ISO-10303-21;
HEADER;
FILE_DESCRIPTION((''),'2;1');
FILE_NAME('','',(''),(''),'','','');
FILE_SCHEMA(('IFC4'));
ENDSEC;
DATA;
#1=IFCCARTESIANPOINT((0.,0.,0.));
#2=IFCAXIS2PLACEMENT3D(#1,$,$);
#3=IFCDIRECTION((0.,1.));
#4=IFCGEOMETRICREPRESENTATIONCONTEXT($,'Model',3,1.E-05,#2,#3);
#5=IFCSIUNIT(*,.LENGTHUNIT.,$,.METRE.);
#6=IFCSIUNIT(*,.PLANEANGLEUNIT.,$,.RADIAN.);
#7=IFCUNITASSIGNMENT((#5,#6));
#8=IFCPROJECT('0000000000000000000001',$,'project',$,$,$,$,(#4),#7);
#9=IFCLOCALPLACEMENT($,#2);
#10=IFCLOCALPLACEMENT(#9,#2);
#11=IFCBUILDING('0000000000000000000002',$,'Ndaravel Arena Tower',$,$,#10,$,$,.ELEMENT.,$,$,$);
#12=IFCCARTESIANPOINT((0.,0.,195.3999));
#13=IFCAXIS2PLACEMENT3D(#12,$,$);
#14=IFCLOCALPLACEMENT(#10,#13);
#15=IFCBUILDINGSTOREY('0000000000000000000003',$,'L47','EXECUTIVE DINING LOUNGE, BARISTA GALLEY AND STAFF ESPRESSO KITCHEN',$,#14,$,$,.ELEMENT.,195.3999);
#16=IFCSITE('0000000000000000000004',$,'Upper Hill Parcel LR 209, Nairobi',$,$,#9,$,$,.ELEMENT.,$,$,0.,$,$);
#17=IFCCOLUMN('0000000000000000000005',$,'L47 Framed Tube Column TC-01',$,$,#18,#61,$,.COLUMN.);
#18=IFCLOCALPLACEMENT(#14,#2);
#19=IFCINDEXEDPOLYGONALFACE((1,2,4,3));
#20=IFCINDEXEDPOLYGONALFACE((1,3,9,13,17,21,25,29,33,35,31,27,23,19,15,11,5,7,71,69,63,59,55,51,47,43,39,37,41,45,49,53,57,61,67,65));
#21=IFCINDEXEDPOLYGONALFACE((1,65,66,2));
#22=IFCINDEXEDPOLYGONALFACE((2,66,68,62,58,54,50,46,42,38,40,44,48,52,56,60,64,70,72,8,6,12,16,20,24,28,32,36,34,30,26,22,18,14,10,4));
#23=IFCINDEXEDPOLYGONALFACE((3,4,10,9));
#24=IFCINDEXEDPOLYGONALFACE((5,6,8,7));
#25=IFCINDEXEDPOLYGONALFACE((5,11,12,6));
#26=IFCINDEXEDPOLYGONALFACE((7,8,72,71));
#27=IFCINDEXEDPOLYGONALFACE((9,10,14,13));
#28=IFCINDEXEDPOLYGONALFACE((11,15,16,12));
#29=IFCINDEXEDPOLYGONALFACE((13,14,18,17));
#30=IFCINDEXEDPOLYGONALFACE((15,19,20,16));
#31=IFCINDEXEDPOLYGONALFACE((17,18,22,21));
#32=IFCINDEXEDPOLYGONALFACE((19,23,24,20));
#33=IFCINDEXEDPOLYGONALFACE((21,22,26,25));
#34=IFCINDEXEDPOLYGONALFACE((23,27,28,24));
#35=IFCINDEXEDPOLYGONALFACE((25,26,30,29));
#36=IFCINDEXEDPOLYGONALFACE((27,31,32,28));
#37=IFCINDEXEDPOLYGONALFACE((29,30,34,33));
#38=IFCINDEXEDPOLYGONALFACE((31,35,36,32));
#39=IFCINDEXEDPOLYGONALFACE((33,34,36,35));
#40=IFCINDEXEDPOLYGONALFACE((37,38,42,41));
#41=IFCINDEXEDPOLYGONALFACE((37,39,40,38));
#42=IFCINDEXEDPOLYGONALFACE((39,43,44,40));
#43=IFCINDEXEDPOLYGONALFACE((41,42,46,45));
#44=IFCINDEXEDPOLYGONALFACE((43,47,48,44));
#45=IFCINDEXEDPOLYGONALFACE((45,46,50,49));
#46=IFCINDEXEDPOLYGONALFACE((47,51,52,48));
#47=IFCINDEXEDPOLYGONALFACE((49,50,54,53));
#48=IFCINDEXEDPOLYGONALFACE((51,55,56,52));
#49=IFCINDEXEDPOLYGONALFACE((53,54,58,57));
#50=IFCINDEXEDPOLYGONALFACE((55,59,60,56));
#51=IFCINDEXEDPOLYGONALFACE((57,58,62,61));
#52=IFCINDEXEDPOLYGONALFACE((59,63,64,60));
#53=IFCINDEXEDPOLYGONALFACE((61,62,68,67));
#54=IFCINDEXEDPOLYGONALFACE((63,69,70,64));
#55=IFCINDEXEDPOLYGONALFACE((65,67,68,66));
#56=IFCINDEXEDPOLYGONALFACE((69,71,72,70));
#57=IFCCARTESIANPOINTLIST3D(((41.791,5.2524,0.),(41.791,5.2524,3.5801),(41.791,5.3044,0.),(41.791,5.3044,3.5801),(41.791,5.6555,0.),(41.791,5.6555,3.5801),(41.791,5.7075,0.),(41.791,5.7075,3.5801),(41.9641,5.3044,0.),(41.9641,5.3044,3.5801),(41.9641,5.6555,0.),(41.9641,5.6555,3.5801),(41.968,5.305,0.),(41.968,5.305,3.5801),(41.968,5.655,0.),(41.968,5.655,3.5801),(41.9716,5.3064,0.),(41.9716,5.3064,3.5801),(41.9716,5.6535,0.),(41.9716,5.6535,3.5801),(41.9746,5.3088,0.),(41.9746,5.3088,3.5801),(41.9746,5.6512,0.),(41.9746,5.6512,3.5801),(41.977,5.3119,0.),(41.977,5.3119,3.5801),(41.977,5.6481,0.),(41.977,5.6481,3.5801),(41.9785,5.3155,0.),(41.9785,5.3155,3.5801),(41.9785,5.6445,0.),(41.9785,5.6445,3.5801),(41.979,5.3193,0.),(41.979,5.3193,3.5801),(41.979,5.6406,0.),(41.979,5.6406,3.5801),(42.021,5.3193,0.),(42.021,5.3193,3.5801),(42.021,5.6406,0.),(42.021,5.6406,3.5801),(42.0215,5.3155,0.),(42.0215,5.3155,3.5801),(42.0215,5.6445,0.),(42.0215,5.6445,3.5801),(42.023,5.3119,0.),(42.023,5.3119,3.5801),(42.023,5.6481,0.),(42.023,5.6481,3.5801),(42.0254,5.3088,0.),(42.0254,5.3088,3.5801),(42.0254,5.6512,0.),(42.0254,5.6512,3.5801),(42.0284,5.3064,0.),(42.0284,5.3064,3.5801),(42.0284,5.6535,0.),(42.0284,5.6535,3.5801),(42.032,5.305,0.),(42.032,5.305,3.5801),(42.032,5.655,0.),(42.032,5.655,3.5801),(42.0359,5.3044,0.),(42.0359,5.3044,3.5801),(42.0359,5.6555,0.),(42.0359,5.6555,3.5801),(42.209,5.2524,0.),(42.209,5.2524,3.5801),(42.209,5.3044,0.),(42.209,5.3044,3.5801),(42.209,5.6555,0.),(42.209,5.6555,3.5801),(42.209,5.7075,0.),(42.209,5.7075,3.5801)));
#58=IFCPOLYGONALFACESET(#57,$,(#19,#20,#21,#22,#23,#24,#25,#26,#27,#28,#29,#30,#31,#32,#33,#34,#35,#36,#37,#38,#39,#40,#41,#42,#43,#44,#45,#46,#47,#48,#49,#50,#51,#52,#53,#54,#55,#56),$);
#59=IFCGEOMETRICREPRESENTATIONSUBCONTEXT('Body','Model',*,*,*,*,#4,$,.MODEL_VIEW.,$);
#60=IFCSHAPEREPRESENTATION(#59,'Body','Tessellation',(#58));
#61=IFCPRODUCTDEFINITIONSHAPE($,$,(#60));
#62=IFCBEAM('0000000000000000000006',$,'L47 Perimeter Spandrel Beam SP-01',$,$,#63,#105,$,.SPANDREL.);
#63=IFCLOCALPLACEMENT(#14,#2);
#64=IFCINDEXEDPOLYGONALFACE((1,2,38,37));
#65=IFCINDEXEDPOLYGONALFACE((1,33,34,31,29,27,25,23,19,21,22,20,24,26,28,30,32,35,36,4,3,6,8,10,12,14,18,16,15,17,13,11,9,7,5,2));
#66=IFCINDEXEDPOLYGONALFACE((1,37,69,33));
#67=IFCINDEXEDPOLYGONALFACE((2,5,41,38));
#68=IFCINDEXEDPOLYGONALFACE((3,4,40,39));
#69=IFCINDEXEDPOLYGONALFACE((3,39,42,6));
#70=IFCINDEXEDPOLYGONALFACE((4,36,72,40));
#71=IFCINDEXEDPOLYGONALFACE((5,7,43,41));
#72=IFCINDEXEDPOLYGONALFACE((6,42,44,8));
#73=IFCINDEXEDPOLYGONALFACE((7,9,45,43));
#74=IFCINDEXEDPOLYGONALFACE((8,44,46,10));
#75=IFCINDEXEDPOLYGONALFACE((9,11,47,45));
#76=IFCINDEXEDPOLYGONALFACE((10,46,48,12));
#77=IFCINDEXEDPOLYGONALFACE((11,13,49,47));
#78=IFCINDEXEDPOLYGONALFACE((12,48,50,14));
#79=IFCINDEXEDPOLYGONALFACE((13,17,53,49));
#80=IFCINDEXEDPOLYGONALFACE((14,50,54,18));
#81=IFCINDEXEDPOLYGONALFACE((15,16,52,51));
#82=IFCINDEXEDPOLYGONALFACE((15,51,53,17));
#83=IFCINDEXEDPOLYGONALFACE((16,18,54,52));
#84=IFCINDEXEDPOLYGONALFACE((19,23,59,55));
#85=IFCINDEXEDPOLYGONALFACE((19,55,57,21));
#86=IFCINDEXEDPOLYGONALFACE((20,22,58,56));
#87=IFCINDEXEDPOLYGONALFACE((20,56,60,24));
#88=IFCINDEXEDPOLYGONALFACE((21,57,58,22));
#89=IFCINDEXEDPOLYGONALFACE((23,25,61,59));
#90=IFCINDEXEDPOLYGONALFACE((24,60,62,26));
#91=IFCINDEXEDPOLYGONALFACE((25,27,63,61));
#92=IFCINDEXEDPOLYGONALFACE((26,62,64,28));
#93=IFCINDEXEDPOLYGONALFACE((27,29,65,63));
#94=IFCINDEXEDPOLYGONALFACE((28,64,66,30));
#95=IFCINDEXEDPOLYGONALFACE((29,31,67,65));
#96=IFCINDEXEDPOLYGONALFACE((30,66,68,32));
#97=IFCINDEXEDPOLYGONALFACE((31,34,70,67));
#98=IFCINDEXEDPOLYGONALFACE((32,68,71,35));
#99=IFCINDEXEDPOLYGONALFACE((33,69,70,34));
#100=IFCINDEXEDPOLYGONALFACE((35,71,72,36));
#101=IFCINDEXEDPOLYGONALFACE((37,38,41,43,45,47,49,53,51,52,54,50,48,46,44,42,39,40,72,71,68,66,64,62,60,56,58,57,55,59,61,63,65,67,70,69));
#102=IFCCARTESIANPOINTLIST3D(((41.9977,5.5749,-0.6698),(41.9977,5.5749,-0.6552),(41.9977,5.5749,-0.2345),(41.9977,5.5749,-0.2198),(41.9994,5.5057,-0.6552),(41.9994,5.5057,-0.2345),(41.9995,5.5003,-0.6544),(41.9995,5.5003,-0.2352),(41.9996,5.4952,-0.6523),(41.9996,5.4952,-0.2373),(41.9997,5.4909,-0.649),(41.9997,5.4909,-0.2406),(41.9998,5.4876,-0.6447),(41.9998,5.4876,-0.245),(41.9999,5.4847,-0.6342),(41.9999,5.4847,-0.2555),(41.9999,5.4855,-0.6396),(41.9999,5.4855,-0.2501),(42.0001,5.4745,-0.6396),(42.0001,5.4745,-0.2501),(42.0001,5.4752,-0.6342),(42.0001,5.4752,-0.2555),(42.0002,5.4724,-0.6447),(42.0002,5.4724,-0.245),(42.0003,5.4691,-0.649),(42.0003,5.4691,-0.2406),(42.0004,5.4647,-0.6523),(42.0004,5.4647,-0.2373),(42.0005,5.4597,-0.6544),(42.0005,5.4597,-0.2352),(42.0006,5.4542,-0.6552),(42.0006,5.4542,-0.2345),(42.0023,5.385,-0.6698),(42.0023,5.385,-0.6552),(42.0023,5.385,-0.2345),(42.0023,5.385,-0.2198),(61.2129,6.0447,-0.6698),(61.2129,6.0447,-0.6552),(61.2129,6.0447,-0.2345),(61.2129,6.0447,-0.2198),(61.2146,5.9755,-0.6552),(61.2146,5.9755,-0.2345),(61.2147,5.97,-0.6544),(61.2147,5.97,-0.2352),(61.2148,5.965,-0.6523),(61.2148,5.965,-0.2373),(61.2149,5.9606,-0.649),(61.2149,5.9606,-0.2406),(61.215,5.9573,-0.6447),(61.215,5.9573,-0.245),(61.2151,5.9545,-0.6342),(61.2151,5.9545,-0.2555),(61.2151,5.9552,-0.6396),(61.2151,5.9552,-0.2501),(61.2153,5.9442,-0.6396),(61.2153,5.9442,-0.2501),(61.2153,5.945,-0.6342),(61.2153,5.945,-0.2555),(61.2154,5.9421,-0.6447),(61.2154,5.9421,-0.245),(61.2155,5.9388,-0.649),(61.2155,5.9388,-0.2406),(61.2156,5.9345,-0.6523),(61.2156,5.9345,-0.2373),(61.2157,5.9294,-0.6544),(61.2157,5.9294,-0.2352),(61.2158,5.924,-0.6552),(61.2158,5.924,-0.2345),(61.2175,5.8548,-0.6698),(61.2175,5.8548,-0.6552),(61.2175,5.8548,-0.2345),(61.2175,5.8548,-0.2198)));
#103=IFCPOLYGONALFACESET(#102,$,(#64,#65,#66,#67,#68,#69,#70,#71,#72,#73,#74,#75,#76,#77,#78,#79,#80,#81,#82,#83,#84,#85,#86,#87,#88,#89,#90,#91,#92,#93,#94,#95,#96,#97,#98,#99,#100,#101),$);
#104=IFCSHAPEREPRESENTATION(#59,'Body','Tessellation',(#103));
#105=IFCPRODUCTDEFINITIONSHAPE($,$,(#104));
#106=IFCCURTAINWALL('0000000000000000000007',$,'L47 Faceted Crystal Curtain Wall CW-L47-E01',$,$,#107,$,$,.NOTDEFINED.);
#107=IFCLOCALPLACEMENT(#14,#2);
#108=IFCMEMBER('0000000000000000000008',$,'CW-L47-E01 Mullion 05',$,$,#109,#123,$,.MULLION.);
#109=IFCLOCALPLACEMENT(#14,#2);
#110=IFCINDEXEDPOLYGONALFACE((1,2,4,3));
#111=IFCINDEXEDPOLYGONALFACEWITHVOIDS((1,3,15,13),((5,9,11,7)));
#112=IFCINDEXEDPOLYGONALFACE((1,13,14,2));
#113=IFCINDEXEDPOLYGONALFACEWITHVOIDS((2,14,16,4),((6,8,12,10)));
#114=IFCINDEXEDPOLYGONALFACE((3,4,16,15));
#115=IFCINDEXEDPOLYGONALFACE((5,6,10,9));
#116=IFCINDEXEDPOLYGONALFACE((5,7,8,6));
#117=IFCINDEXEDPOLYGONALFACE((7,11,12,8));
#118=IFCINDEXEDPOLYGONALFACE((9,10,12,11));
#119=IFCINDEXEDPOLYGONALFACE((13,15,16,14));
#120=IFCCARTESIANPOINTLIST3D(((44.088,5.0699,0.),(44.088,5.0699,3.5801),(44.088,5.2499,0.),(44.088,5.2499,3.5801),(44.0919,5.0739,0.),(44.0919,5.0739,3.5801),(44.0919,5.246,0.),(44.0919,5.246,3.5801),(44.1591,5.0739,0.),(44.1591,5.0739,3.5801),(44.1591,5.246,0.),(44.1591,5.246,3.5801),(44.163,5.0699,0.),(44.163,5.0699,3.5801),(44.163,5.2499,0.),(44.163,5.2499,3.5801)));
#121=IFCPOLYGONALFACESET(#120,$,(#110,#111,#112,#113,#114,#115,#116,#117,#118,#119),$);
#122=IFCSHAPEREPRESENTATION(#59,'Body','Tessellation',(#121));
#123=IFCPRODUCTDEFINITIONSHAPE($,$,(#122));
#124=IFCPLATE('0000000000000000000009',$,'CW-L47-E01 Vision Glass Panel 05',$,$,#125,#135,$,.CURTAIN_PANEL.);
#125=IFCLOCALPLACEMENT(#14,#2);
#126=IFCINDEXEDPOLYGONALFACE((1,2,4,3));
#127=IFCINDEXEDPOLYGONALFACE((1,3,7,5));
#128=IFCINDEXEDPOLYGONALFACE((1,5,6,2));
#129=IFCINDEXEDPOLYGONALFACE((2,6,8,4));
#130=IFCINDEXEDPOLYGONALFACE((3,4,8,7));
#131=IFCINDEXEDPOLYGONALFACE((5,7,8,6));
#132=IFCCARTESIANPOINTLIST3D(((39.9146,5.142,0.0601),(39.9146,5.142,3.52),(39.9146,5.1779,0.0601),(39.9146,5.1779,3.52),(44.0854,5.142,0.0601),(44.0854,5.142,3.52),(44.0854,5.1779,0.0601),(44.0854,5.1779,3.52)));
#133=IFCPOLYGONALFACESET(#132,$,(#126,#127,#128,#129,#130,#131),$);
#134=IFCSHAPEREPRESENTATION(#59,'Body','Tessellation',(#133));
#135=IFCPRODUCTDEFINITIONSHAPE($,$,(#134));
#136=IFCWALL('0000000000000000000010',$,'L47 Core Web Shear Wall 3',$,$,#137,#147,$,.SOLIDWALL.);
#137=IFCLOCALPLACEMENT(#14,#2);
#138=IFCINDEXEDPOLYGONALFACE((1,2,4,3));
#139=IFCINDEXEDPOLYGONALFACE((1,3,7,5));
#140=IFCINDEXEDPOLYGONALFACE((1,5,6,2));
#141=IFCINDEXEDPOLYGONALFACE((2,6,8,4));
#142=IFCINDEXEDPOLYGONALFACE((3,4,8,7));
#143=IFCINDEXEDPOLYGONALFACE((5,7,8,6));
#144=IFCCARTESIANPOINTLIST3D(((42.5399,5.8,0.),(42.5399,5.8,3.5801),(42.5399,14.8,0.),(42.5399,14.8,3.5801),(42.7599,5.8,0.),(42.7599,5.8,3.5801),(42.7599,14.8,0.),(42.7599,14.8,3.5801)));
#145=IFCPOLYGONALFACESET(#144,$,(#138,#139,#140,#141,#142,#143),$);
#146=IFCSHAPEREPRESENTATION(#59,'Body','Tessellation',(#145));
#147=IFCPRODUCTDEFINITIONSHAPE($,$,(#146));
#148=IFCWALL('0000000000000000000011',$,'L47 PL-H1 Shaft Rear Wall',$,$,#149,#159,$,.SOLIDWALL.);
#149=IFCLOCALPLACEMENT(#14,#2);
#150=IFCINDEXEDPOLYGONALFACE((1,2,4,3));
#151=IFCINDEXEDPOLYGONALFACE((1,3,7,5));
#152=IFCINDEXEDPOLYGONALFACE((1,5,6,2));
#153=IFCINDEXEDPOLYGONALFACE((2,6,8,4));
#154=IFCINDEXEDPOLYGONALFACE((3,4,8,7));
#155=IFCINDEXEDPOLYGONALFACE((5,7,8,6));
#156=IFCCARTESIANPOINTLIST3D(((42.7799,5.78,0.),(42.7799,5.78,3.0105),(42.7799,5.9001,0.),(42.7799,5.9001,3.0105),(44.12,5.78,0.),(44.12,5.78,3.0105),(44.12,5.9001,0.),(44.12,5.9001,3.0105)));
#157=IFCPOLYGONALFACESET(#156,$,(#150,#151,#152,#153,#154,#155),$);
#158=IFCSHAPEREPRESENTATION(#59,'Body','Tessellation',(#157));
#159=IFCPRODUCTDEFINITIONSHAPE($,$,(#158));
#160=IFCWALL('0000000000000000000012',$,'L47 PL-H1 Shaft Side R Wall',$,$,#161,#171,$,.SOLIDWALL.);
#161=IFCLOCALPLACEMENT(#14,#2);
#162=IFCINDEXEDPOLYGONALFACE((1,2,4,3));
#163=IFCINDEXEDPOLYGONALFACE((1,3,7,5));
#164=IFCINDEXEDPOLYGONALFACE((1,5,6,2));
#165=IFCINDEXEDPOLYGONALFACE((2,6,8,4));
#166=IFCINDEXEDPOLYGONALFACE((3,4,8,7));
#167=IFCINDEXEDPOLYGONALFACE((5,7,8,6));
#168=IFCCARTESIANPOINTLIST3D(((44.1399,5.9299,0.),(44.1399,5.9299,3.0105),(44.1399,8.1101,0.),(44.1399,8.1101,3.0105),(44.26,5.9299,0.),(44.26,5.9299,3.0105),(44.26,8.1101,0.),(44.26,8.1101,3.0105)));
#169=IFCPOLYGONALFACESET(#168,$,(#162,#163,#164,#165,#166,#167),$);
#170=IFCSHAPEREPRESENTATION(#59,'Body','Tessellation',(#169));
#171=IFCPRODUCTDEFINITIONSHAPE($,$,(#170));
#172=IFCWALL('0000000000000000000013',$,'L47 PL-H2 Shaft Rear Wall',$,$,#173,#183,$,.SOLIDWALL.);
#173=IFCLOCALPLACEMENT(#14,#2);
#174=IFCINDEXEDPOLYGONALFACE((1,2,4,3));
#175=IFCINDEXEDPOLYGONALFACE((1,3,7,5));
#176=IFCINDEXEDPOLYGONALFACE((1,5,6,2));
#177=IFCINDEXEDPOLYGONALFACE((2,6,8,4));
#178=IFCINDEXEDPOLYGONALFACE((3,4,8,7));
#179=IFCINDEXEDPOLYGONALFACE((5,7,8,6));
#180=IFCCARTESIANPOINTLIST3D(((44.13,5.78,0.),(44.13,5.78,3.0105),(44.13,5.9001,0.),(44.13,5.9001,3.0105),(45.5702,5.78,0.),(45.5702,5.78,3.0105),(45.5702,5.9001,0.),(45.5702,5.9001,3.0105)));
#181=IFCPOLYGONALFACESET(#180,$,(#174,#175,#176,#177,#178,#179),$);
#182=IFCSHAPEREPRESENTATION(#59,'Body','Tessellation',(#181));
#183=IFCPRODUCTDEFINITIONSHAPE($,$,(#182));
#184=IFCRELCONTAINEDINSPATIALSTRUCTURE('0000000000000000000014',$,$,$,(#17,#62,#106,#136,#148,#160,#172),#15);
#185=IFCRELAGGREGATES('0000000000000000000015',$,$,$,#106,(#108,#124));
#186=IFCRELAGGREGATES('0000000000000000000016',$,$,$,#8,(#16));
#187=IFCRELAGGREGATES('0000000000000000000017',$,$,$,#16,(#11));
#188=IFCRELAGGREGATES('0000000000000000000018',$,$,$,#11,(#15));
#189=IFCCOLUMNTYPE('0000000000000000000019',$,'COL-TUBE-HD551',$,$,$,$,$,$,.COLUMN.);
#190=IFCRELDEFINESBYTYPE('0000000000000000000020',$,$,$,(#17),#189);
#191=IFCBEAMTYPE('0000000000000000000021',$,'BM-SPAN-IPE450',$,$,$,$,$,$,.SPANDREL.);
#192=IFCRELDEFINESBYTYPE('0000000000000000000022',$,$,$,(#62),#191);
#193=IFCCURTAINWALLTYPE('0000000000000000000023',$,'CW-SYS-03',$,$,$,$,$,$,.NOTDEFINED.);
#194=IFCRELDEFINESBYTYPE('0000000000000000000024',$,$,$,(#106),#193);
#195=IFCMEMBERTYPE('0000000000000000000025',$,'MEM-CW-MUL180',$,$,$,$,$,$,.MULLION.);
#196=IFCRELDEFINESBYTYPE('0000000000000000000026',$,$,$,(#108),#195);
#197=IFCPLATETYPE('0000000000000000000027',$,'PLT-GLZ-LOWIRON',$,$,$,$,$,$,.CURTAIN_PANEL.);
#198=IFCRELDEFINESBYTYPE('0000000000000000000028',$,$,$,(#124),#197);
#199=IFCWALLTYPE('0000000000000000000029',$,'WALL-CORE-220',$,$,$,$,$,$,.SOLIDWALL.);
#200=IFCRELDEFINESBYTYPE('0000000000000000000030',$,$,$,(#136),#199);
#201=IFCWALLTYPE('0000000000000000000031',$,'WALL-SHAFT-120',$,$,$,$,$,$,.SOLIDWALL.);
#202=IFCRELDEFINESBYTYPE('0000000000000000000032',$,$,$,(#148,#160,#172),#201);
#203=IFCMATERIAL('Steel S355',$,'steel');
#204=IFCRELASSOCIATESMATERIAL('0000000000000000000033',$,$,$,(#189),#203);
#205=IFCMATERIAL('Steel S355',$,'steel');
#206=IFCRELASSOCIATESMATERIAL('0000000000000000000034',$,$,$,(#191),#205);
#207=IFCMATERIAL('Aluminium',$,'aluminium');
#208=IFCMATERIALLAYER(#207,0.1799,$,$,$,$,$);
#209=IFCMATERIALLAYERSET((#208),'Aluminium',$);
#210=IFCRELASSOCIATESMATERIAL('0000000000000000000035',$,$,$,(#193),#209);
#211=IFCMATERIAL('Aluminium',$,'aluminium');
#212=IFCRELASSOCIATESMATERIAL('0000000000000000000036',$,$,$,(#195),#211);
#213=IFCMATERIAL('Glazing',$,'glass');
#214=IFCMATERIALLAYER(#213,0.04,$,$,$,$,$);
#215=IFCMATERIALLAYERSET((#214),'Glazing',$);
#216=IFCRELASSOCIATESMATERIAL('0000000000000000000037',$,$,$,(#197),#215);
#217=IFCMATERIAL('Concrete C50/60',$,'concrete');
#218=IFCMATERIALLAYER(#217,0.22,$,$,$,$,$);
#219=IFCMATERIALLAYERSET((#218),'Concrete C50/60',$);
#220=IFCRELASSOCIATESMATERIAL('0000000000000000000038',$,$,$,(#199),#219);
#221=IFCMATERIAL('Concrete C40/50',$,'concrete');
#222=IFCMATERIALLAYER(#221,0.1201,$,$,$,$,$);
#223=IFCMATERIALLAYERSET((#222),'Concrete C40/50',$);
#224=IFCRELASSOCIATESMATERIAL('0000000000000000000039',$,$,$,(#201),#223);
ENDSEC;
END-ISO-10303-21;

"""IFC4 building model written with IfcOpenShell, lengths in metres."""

from ifc_helpers import new_model, si_unit, direction, frame, frame_2d, origin, origin_2d, place, context, subcontext, project, spatial, rectangle, hollow_rectangle, i_section, extrude, material, layer, layer_set, material_profile, profile_set, type_object, element, aggregate, save


model = new_model("IFC4")

# Units and contexts
model_context = context("Model", 3, precision=1e-05, world=origin(), true_north=direction((0.0, 1.0)))
body_context = subcontext(model_context, "Body", "Model", "MODEL_VIEW")
ifc_project = project(units=[si_unit("LENGTHUNIT", "METRE"), si_unit("PLANEANGLEUNIT", "RADIAN")], contexts=[model_context])

# Site, building, storey
site_placement = place(None, origin())
site = spatial("IfcSite", under=ifc_project, at=site_placement, Name="Upper Hill Parcel LR 209, Nairobi", CompositionType="ELEMENT", RefElevation=0.0)
building_placement = place(site_placement, origin())
building = spatial("IfcBuilding", under=site, at=building_placement, Name="Ndaravel Arena Tower", CompositionType="ELEMENT")
storey_placement = place(building_placement, frame((0.0, 0.0, 195.3999)))
storey = spatial("IfcBuildingStorey", under=building, at=storey_placement, Name="L47", Description="EXECUTIVE DINING LOUNGE, BARISTA GALLEY AND STAFF ESPRESSO KITCHEN", CompositionType="ELEMENT", Elevation=195.3999)

# Column
ifc_material_1 = material(Name="Steel S355", Category="steel")
ifc_material_profile_1 = material_profile(ifc_material_1, i_section(OverallWidth=0.418, OverallDepth=0.4551, WebThickness=0.042, FlangeThickness=0.052, FilletRadius=0.0149, at=origin_2d()), Name="HD 400x551")
ifc_profile_set_1 = profile_set([ifc_material_profile_1], Name="Steel S355")
column_type = type_object("IfcColumnType", Name="COL-TUBE-HD551", PredefinedType="COLUMN", material=ifc_profile_set_1)
column_placement = place(storey_placement, frame((42.0, 5.48, 0.0), z_axis=(0.0, 0.0, 1.0), x_axis=(1.0, 0.0, 0.0)))
element("IfcColumn", 1, at=column_placement, inside=storey, type_object=column_type, Name="L47 Framed Tube Column TC-01", PredefinedType="COLUMN", context=body_context, shape_type="SweptSolid", body=[
    extrude(i_section(OverallWidth=0.418, OverallDepth=0.4551, WebThickness=0.042, FlangeThickness=0.052, FilletRadius=0.0149, at=origin_2d()), origin(), (0.0, 0.0, 1.0), 3.5801),
])

# Beam
ifc_material_2 = material(Name="Steel S355", Category="steel")
ifc_material_profile_2 = material_profile(ifc_material_2, i_section(OverallWidth=0.1899, OverallDepth=0.45, WebThickness=0.0095, FlangeThickness=0.0146, FilletRadius=0.021, at=origin_2d()), Name="IPE 450")
ifc_profile_set_2 = profile_set([ifc_material_profile_2], Name="Steel S355")
beam_type = type_object("IfcBeamType", Name="BM-SPAN-IPE450", PredefinedType="SPANDREL", material=ifc_profile_set_2)
beam_placement = place(storey_placement, frame((42.0, 5.48, -0.4448), z_axis=(0.999701, 0.024438, 0.0), x_axis=(-0.024438, 0.999701, 0.0)))
element("IfcBeam", 2, at=beam_placement, inside=storey, type_object=beam_type, Name="L47 Perimeter Spandrel Beam SP-01", PredefinedType="SPANDREL", context=body_context, shape_type="SweptSolid", body=[
    extrude(i_section(OverallWidth=0.1899, OverallDepth=0.45, WebThickness=0.0095, FlangeThickness=0.0146, FilletRadius=0.021, at=origin_2d()), origin(), (0.0, 0.0, 1.0), 19.2209),
])

# Curtain wall, member, plate
ifc_material_3 = material(Name="Aluminium", Category="aluminium")
ifc_layer_1 = layer(ifc_material_3, 0.1799)
ifc_layer_set_1 = layer_set([ifc_layer_1], Name="Aluminium")
curtain_wall_type = type_object("IfcCurtainWallType", Name="CW-SYS-03", PredefinedType="NOTDEFINED", material=ifc_layer_set_1)
curtain_wall_placement = place(storey_placement, origin())
curtain_wall = element("IfcCurtainWall", 3, at=curtain_wall_placement, inside=storey, type_object=curtain_wall_type, Name="L47 Faceted Crystal Curtain Wall CW-L47-E01", PredefinedType="NOTDEFINED")
ifc_material_4 = material(Name="Aluminium", Category="aluminium")
ifc_material_profile_3 = material_profile(ifc_material_4, hollow_rectangle(XDim=0.075, YDim=0.1799, WallThickness=0.0039, at=origin_2d()), Name="CW MULLION 75x180x4")
ifc_profile_set_3 = profile_set([ifc_material_profile_3], Name="Aluminium")
member_type = type_object("IfcMemberType", Name="MEM-CW-MUL180", PredefinedType="MULLION", material=ifc_profile_set_3)
member_placement = place(storey_placement, frame((44.1255, 5.1599, 0.0), z_axis=(0.0, 0.0, 1.0), x_axis=(1.0, 0.0, 0.0)))
member = element("IfcMember", 4, at=member_placement, type_object=member_type, Name="CW-L47-E01 Mullion 05", PredefinedType="MULLION", context=body_context, shape_type="SweptSolid", body=[
    extrude(hollow_rectangle(XDim=0.075, YDim=0.1799, WallThickness=0.0039, at=origin_2d()), origin(), (0.0, 0.0, 1.0), 3.5801),
])
ifc_material_5 = material(Name="Glazing", Category="glass")
ifc_layer_2 = layer(ifc_material_5, 0.04)
ifc_layer_set_2 = layer_set([ifc_layer_2], Name="Glazing")
plate_type = type_object("IfcPlateType", Name="PLT-GLZ-LOWIRON", PredefinedType="CURTAIN_PANEL", material=ifc_layer_set_2)
plate_placement = place(storey_placement, frame((42.0, 5.1599, 0.0601), z_axis=(0.0, 0.0, 1.0), x_axis=(1.0, 0.0, 0.0)))
plate = element("IfcPlate", 5, at=plate_placement, type_object=plate_type, Name="CW-L47-E01 Vision Glass Panel 05", PredefinedType="CURTAIN_PANEL", context=body_context, shape_type="SweptSolid", body=[
    extrude(rectangle(XDim=4.1709, YDim=0.0359, at=origin_2d()), origin(), (0.0, 0.0, 1.0), 3.46),
])
aggregate(curtain_wall, [member, plate])

# Walls
ifc_material_6 = material(Name="Concrete C50/60", Category="concrete")
ifc_layer_3 = layer(ifc_material_6, 0.22)
ifc_layer_set_3 = layer_set([ifc_layer_3], Name="Concrete C50/60")
wall_type_1 = type_object("IfcWallType", Name="WALL-CORE-220", PredefinedType="SOLIDWALL", material=ifc_layer_set_3)
wall_1_placement = place(storey_placement, frame((42.6499, 5.8, 0.0), z_axis=(0.0, 0.0, 1.0), x_axis=(0.0, 1.0, 0.0)))
element("IfcWall", 6, at=wall_1_placement, inside=storey, type_object=wall_type_1, Name="L47 Core Web Shear Wall 3", PredefinedType="SOLIDWALL", context=body_context, shape_type="SweptSolid", body=[
    extrude(rectangle(XDim=9.0, YDim=0.22, at=frame_2d((4.5, 0.0))), origin(), (0.0, 0.0, 1.0), 3.5801),
])
ifc_material_7 = material(Name="Concrete C40/50", Category="concrete")
ifc_layer_4 = layer(ifc_material_7, 0.1201)
ifc_layer_set_4 = layer_set([ifc_layer_4], Name="Concrete C40/50")
wall_type_2 = type_object("IfcWallType", Name="WALL-SHAFT-120", PredefinedType="SOLIDWALL", material=ifc_layer_set_4)
wall_2_placement = place(storey_placement, frame((42.78, 5.8401, 0.0), z_axis=(0.0, 0.0, 1.0), x_axis=(1.0, 0.0, 0.0)))
element("IfcWall", 7, at=wall_2_placement, inside=storey, type_object=wall_type_2, Name="L47 PL-H1 Shaft Rear Wall", PredefinedType="SOLIDWALL", context=body_context, shape_type="SweptSolid", body=[
    extrude(rectangle(XDim=1.3401, YDim=0.1201, at=frame_2d((0.6699, 0.0))), origin(), (0.0, 0.0, 1.0), 3.0105),
])
wall_3_placement = place(storey_placement, frame((44.2, 5.9299, 0.0), z_axis=(0.0, 0.0, 1.0), x_axis=(0.0, 1.0, 0.0)))
element("IfcWall", 8, at=wall_3_placement, inside=storey, type_object=wall_type_2, Name="L47 PL-H1 Shaft Side R Wall", PredefinedType="SOLIDWALL", context=body_context, shape_type="SweptSolid", body=[
    extrude(rectangle(XDim=2.1802, YDim=0.1201, at=frame_2d((1.0901, 0.0))), origin(), (0.0, 0.0, 1.0), 3.0105),
])
wall_4_placement = place(storey_placement, frame((44.1299, 5.8401, 0.0), z_axis=(0.0, 0.0, 1.0), x_axis=(1.0, 0.0, 0.0)))
element("IfcWall", 9, at=wall_4_placement, inside=storey, type_object=wall_type_2, Name="L47 PL-H2 Shaft Rear Wall", PredefinedType="SOLIDWALL", context=body_context, shape_type="SweptSolid", body=[
    extrude(rectangle(XDim=1.4402, YDim=0.1201, at=frame_2d((0.7202, 0.0))), origin(), (0.0, 0.0, 1.0), 3.0105),
])

save(model, "model.ifc")
